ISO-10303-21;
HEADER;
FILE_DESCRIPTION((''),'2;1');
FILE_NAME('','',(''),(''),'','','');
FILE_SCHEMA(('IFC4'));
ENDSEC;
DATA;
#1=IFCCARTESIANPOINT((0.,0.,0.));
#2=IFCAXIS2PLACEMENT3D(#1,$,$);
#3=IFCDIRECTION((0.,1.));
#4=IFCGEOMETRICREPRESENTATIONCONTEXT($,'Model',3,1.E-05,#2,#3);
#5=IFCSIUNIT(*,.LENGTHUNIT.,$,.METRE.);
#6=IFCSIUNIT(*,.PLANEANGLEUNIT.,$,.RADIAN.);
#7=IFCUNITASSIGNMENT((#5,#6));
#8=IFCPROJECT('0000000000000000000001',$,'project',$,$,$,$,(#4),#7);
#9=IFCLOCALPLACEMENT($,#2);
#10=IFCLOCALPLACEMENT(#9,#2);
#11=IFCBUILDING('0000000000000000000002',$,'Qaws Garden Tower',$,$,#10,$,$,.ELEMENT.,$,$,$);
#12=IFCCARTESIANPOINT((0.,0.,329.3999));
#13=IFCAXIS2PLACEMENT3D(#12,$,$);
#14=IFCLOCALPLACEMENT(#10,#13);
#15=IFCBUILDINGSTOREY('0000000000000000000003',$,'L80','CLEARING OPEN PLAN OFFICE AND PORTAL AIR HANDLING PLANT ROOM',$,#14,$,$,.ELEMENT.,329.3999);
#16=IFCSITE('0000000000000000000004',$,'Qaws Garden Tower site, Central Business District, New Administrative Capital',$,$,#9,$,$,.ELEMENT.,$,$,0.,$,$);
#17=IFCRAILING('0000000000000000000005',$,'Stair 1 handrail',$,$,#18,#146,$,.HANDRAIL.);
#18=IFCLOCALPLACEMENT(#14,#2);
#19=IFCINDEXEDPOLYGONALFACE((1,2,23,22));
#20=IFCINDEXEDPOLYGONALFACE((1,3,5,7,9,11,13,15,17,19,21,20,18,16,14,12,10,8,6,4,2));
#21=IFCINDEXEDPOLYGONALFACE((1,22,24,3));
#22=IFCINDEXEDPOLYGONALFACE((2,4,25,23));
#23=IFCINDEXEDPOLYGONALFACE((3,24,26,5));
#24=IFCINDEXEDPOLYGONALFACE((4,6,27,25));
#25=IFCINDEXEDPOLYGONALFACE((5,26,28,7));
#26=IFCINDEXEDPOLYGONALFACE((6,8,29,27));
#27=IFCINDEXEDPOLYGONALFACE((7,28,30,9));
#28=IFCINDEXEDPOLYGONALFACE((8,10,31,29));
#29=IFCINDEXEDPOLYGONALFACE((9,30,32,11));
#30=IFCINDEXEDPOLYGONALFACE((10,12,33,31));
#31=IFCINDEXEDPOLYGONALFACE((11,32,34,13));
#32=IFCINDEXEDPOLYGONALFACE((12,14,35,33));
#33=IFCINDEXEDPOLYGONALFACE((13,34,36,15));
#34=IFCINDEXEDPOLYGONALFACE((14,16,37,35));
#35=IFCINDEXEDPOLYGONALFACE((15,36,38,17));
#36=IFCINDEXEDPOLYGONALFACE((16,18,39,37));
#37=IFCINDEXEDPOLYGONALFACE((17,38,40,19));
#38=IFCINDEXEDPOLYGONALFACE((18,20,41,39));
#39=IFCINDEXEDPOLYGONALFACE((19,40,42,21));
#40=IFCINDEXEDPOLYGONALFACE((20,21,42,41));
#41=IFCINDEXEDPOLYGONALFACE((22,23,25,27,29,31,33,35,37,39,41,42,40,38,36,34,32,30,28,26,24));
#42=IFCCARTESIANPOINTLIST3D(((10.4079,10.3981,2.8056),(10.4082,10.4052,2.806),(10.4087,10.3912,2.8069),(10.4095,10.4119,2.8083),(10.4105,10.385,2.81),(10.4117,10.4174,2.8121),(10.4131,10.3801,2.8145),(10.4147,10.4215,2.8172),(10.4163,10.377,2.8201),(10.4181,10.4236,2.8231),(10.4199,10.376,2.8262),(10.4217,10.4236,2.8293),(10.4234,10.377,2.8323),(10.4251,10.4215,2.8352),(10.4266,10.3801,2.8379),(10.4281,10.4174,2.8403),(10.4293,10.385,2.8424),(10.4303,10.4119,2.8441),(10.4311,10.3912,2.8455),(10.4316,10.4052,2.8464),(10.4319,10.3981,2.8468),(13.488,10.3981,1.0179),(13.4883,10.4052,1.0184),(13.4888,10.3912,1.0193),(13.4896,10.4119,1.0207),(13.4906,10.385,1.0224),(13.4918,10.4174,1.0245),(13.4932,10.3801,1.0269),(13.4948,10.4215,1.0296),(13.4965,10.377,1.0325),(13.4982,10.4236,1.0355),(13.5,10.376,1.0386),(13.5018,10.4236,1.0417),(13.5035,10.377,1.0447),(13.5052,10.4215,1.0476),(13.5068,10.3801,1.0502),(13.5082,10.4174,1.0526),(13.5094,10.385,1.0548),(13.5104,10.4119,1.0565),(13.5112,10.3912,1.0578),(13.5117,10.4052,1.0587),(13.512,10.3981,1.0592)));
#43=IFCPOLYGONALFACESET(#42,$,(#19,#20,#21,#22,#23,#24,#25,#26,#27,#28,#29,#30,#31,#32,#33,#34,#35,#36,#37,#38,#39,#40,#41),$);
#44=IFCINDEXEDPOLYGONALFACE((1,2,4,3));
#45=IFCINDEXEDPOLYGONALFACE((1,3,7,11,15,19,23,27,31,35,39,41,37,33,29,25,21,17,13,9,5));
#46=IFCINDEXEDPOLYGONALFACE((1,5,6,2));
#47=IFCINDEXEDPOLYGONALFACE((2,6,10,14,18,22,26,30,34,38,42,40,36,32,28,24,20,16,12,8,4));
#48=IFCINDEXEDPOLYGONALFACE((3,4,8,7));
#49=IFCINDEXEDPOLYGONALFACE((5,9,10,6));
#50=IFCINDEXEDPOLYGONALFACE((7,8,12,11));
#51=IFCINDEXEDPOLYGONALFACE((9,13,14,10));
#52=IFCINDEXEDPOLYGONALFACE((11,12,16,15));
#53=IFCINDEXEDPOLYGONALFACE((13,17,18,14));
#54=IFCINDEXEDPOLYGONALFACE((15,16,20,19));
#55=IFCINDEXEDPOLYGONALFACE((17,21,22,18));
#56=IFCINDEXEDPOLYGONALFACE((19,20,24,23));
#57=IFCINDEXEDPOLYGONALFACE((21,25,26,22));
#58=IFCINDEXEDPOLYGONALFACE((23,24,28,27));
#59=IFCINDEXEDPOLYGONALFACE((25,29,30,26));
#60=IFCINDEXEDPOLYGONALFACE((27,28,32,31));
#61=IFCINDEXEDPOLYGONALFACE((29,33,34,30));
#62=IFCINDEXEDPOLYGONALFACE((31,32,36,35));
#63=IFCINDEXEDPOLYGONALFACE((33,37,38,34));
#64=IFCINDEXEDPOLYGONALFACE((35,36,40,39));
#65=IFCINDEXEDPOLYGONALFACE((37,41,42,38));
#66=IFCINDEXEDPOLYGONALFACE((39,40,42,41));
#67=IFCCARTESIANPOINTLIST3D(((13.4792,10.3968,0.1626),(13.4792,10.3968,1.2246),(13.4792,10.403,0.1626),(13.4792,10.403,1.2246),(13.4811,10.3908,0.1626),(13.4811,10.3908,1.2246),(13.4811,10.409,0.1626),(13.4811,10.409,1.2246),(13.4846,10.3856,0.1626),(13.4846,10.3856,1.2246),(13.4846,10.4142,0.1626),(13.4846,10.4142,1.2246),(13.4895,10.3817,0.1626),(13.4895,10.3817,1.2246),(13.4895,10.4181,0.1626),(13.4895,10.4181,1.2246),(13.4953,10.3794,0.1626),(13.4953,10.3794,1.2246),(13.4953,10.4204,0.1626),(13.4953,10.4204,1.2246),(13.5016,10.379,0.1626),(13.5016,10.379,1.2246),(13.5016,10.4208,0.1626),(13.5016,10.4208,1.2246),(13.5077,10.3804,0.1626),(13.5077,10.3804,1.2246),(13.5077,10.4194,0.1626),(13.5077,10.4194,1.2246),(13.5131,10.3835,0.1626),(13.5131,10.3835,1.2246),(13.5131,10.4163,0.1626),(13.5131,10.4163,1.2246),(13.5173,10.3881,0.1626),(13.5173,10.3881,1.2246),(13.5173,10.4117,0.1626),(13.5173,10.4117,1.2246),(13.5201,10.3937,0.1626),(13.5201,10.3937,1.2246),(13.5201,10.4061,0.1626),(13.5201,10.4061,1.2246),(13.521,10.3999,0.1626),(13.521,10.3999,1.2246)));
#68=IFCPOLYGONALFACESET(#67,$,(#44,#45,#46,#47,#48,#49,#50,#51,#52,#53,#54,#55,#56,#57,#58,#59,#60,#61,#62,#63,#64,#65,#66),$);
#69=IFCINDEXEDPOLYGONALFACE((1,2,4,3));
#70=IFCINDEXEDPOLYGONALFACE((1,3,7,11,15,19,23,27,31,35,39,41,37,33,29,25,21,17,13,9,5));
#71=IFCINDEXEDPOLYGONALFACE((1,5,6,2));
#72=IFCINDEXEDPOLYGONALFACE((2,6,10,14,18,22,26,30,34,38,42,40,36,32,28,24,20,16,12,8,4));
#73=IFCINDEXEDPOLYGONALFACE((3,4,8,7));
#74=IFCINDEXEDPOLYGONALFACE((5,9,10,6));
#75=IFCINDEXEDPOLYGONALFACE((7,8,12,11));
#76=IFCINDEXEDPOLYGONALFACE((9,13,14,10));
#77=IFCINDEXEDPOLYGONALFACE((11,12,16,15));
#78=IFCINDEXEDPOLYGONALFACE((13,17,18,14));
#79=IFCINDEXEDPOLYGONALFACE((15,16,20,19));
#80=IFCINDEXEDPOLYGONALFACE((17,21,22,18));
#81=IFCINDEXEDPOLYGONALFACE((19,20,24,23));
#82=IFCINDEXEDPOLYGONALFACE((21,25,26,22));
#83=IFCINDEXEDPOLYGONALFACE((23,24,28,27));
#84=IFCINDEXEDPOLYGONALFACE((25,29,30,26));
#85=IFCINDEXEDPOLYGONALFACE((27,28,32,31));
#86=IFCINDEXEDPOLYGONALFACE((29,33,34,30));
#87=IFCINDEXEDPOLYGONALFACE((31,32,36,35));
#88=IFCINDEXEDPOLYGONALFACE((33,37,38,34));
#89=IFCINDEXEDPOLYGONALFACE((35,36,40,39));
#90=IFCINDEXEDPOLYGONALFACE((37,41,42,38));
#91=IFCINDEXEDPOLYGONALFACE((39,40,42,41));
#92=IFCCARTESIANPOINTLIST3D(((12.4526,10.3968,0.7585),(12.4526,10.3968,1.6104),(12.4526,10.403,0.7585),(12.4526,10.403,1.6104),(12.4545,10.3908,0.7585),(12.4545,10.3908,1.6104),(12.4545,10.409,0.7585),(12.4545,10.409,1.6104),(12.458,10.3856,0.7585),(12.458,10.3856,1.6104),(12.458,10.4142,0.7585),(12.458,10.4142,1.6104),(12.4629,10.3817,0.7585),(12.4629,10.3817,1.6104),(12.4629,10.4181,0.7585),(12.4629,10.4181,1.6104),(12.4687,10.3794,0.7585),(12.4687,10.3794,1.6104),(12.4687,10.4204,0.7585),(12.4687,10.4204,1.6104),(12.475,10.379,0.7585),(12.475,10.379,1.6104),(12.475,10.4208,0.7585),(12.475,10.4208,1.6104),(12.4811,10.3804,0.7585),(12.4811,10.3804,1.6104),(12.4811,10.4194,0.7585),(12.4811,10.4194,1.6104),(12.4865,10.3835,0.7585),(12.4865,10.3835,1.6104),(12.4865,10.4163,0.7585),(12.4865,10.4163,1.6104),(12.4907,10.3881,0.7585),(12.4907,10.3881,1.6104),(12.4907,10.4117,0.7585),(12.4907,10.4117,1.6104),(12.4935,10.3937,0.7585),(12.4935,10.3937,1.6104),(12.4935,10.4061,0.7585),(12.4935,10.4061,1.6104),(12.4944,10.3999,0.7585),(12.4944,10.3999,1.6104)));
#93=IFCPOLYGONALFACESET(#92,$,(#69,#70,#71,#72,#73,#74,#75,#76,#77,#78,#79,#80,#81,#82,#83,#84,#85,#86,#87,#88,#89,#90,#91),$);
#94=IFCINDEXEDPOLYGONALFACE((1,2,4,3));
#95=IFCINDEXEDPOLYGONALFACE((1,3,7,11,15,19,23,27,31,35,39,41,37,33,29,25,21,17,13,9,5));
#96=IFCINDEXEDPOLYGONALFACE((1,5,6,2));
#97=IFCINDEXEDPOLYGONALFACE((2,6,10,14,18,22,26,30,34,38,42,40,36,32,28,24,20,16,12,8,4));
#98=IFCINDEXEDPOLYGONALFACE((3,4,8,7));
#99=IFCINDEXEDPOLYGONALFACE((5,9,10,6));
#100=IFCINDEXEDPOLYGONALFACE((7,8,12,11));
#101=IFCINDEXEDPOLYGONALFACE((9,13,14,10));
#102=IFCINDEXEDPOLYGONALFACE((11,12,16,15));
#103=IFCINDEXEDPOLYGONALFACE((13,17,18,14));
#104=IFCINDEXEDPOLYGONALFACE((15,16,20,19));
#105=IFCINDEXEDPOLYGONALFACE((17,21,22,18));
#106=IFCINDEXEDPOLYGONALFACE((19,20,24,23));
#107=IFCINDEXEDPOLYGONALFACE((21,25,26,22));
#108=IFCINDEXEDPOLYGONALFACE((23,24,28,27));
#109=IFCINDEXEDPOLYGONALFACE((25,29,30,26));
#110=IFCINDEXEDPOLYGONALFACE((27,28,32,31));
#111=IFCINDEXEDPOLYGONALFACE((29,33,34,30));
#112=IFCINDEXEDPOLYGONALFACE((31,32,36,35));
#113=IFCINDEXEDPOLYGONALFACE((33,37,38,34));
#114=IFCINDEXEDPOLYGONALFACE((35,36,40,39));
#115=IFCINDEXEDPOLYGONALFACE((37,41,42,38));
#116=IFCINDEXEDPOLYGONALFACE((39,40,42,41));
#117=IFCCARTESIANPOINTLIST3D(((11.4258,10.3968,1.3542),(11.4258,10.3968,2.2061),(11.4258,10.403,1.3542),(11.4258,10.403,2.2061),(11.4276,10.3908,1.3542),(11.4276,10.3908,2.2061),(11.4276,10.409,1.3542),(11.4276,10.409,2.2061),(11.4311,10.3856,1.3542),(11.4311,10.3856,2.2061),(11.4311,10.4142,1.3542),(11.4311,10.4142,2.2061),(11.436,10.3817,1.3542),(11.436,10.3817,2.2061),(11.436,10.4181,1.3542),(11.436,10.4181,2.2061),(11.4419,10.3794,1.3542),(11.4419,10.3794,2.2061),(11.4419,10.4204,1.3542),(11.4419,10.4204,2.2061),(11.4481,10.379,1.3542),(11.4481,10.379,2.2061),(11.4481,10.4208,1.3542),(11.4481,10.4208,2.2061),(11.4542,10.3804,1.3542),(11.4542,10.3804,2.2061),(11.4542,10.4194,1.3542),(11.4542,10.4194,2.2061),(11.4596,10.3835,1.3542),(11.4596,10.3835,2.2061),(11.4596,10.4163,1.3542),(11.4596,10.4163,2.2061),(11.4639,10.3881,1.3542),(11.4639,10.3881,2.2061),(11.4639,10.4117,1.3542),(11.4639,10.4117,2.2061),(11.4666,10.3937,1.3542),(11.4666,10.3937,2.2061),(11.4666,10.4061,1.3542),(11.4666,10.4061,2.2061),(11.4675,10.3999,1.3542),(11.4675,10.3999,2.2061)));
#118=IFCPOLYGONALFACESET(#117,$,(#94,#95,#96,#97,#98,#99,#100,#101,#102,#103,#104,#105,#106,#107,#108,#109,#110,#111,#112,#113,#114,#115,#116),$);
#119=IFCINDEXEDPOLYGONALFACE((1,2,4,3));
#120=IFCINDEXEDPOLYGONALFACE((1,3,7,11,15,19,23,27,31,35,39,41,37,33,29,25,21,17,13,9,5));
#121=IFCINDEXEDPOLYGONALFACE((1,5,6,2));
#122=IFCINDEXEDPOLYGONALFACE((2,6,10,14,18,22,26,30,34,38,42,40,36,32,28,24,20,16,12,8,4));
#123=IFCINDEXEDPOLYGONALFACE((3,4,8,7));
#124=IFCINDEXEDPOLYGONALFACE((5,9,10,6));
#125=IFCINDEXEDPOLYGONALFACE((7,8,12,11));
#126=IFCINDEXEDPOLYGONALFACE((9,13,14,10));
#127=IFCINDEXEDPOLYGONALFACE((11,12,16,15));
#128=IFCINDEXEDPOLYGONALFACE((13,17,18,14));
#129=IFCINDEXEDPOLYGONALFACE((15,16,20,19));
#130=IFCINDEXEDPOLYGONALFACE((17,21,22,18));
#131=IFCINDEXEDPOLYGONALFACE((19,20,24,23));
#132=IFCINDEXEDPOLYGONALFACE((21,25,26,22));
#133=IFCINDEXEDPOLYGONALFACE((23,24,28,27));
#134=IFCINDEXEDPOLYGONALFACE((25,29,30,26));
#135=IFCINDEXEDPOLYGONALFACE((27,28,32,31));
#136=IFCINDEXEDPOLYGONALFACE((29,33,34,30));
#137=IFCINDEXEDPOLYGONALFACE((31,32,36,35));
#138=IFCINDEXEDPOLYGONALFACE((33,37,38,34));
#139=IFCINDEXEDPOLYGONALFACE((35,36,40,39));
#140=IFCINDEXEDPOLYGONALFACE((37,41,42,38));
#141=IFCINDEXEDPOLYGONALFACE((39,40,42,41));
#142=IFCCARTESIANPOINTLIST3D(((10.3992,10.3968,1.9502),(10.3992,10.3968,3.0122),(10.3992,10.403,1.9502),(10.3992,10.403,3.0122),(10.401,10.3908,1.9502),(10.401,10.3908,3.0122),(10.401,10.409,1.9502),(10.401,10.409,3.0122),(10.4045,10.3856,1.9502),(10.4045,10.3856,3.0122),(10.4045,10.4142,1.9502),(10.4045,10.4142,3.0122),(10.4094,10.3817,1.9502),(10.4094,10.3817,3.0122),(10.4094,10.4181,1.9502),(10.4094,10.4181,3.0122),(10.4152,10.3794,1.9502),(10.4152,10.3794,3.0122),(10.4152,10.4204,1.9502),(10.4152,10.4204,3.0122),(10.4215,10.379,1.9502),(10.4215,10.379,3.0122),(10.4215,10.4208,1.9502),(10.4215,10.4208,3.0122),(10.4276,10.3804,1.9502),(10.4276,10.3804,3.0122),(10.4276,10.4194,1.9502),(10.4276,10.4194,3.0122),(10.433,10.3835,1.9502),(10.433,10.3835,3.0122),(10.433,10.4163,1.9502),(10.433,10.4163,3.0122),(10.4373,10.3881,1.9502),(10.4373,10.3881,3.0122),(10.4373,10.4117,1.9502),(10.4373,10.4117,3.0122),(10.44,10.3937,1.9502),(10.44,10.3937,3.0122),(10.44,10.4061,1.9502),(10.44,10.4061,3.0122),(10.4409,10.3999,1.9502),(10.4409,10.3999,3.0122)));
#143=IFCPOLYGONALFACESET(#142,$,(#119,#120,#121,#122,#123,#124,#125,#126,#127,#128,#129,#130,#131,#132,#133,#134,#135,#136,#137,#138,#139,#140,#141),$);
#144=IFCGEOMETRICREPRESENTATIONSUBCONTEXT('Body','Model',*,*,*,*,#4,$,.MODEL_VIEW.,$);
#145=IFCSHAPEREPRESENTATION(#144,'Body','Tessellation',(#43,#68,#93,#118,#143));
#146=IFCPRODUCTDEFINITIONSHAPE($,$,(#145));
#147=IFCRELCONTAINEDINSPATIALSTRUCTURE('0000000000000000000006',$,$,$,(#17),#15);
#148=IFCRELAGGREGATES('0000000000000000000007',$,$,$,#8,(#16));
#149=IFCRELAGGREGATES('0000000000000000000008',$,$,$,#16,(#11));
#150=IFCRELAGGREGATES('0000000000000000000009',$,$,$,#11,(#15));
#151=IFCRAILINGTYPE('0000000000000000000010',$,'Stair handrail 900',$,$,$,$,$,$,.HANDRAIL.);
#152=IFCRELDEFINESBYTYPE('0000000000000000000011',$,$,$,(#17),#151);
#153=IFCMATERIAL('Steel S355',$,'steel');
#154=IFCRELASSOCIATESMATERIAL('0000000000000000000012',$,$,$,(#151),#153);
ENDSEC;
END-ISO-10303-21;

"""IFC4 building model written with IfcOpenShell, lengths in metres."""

from ifc_helpers import new_model, si_unit, direction, frame, origin, origin_2d, place, context, subcontext, project, spatial, circle, extrude, material, type_object, element, save


model = new_model("IFC4")

# Units and contexts
model_context = context("Model", 3, precision=1e-05, world=origin(), true_north=direction((0.0, 1.0)))
body_context = subcontext(model_context, "Body", "Model", "MODEL_VIEW")
ifc_project = project(units=[si_unit("LENGTHUNIT", "METRE"), si_unit("PLANEANGLEUNIT", "RADIAN")], contexts=[model_context])

# Site, building, storey
site_placement = place(None, origin())
site = spatial("IfcSite", under=ifc_project, at=site_placement, Name="Qaws Garden Tower site, Central Business District, New Administrative Capital", CompositionType="ELEMENT", RefElevation=0.0)
building_placement = place(site_placement, origin())
building = spatial("IfcBuilding", under=site, at=building_placement, Name="Qaws Garden Tower", CompositionType="ELEMENT")
storey_placement = place(building_placement, frame((0.0, 0.0, 329.3999)))
storey = spatial("IfcBuildingStorey", under=building, at=storey_placement, Name="L80", Description="CLEARING OPEN PLAN OFFICE AND PORTAL AIR HANDLING PLANT ROOM", CompositionType="ELEMENT", Elevation=329.3999)

# Railing
ifc_material_1 = material(Name="Steel S355", Category="steel")
railing_type = type_object("IfcRailingType", Name="Stair handrail 900", PredefinedType="HANDRAIL", material=ifc_material_1)
railing_placement = place(storey_placement, frame((13.5, 10.3999, 0.1626)))
element("IfcRailing", 1, at=railing_placement, inside=storey, type_object=railing_type, Name="Stair 1 handrail", PredefinedType="HANDRAIL", context=body_context, shape_type="SweptSolid", body=[
    extrude(circle(Radius=0.0239, at=origin_2d()), frame((0.0, 0.0, 0.876), z_axis=(-0.864891, 0.0, 0.50196), x_axis=(0.0, -1.0, 0.0)), (0.0, 0.0, 1.0), 3.5613),
    extrude(circle(Radius=0.021, at=origin_2d()), origin(), (0.0, 0.0, 1.0), 1.062),
    extrude(circle(Radius=0.021, at=origin_2d()), frame((-1.0266, 0.0, 0.5959)), (0.0, 0.0, 1.0), 0.8518),
    extrude(circle(Radius=0.021, at=origin_2d()), frame((-2.0535, 0.0, 1.1917)), (0.0, 0.0, 1.0), 0.8518),
    extrude(circle(Radius=0.021, at=origin_2d()), frame((-3.0801, 0.0, 1.7876)), (0.0, 0.0, 1.0), 1.062),
])

save(model, "model.ifc")
